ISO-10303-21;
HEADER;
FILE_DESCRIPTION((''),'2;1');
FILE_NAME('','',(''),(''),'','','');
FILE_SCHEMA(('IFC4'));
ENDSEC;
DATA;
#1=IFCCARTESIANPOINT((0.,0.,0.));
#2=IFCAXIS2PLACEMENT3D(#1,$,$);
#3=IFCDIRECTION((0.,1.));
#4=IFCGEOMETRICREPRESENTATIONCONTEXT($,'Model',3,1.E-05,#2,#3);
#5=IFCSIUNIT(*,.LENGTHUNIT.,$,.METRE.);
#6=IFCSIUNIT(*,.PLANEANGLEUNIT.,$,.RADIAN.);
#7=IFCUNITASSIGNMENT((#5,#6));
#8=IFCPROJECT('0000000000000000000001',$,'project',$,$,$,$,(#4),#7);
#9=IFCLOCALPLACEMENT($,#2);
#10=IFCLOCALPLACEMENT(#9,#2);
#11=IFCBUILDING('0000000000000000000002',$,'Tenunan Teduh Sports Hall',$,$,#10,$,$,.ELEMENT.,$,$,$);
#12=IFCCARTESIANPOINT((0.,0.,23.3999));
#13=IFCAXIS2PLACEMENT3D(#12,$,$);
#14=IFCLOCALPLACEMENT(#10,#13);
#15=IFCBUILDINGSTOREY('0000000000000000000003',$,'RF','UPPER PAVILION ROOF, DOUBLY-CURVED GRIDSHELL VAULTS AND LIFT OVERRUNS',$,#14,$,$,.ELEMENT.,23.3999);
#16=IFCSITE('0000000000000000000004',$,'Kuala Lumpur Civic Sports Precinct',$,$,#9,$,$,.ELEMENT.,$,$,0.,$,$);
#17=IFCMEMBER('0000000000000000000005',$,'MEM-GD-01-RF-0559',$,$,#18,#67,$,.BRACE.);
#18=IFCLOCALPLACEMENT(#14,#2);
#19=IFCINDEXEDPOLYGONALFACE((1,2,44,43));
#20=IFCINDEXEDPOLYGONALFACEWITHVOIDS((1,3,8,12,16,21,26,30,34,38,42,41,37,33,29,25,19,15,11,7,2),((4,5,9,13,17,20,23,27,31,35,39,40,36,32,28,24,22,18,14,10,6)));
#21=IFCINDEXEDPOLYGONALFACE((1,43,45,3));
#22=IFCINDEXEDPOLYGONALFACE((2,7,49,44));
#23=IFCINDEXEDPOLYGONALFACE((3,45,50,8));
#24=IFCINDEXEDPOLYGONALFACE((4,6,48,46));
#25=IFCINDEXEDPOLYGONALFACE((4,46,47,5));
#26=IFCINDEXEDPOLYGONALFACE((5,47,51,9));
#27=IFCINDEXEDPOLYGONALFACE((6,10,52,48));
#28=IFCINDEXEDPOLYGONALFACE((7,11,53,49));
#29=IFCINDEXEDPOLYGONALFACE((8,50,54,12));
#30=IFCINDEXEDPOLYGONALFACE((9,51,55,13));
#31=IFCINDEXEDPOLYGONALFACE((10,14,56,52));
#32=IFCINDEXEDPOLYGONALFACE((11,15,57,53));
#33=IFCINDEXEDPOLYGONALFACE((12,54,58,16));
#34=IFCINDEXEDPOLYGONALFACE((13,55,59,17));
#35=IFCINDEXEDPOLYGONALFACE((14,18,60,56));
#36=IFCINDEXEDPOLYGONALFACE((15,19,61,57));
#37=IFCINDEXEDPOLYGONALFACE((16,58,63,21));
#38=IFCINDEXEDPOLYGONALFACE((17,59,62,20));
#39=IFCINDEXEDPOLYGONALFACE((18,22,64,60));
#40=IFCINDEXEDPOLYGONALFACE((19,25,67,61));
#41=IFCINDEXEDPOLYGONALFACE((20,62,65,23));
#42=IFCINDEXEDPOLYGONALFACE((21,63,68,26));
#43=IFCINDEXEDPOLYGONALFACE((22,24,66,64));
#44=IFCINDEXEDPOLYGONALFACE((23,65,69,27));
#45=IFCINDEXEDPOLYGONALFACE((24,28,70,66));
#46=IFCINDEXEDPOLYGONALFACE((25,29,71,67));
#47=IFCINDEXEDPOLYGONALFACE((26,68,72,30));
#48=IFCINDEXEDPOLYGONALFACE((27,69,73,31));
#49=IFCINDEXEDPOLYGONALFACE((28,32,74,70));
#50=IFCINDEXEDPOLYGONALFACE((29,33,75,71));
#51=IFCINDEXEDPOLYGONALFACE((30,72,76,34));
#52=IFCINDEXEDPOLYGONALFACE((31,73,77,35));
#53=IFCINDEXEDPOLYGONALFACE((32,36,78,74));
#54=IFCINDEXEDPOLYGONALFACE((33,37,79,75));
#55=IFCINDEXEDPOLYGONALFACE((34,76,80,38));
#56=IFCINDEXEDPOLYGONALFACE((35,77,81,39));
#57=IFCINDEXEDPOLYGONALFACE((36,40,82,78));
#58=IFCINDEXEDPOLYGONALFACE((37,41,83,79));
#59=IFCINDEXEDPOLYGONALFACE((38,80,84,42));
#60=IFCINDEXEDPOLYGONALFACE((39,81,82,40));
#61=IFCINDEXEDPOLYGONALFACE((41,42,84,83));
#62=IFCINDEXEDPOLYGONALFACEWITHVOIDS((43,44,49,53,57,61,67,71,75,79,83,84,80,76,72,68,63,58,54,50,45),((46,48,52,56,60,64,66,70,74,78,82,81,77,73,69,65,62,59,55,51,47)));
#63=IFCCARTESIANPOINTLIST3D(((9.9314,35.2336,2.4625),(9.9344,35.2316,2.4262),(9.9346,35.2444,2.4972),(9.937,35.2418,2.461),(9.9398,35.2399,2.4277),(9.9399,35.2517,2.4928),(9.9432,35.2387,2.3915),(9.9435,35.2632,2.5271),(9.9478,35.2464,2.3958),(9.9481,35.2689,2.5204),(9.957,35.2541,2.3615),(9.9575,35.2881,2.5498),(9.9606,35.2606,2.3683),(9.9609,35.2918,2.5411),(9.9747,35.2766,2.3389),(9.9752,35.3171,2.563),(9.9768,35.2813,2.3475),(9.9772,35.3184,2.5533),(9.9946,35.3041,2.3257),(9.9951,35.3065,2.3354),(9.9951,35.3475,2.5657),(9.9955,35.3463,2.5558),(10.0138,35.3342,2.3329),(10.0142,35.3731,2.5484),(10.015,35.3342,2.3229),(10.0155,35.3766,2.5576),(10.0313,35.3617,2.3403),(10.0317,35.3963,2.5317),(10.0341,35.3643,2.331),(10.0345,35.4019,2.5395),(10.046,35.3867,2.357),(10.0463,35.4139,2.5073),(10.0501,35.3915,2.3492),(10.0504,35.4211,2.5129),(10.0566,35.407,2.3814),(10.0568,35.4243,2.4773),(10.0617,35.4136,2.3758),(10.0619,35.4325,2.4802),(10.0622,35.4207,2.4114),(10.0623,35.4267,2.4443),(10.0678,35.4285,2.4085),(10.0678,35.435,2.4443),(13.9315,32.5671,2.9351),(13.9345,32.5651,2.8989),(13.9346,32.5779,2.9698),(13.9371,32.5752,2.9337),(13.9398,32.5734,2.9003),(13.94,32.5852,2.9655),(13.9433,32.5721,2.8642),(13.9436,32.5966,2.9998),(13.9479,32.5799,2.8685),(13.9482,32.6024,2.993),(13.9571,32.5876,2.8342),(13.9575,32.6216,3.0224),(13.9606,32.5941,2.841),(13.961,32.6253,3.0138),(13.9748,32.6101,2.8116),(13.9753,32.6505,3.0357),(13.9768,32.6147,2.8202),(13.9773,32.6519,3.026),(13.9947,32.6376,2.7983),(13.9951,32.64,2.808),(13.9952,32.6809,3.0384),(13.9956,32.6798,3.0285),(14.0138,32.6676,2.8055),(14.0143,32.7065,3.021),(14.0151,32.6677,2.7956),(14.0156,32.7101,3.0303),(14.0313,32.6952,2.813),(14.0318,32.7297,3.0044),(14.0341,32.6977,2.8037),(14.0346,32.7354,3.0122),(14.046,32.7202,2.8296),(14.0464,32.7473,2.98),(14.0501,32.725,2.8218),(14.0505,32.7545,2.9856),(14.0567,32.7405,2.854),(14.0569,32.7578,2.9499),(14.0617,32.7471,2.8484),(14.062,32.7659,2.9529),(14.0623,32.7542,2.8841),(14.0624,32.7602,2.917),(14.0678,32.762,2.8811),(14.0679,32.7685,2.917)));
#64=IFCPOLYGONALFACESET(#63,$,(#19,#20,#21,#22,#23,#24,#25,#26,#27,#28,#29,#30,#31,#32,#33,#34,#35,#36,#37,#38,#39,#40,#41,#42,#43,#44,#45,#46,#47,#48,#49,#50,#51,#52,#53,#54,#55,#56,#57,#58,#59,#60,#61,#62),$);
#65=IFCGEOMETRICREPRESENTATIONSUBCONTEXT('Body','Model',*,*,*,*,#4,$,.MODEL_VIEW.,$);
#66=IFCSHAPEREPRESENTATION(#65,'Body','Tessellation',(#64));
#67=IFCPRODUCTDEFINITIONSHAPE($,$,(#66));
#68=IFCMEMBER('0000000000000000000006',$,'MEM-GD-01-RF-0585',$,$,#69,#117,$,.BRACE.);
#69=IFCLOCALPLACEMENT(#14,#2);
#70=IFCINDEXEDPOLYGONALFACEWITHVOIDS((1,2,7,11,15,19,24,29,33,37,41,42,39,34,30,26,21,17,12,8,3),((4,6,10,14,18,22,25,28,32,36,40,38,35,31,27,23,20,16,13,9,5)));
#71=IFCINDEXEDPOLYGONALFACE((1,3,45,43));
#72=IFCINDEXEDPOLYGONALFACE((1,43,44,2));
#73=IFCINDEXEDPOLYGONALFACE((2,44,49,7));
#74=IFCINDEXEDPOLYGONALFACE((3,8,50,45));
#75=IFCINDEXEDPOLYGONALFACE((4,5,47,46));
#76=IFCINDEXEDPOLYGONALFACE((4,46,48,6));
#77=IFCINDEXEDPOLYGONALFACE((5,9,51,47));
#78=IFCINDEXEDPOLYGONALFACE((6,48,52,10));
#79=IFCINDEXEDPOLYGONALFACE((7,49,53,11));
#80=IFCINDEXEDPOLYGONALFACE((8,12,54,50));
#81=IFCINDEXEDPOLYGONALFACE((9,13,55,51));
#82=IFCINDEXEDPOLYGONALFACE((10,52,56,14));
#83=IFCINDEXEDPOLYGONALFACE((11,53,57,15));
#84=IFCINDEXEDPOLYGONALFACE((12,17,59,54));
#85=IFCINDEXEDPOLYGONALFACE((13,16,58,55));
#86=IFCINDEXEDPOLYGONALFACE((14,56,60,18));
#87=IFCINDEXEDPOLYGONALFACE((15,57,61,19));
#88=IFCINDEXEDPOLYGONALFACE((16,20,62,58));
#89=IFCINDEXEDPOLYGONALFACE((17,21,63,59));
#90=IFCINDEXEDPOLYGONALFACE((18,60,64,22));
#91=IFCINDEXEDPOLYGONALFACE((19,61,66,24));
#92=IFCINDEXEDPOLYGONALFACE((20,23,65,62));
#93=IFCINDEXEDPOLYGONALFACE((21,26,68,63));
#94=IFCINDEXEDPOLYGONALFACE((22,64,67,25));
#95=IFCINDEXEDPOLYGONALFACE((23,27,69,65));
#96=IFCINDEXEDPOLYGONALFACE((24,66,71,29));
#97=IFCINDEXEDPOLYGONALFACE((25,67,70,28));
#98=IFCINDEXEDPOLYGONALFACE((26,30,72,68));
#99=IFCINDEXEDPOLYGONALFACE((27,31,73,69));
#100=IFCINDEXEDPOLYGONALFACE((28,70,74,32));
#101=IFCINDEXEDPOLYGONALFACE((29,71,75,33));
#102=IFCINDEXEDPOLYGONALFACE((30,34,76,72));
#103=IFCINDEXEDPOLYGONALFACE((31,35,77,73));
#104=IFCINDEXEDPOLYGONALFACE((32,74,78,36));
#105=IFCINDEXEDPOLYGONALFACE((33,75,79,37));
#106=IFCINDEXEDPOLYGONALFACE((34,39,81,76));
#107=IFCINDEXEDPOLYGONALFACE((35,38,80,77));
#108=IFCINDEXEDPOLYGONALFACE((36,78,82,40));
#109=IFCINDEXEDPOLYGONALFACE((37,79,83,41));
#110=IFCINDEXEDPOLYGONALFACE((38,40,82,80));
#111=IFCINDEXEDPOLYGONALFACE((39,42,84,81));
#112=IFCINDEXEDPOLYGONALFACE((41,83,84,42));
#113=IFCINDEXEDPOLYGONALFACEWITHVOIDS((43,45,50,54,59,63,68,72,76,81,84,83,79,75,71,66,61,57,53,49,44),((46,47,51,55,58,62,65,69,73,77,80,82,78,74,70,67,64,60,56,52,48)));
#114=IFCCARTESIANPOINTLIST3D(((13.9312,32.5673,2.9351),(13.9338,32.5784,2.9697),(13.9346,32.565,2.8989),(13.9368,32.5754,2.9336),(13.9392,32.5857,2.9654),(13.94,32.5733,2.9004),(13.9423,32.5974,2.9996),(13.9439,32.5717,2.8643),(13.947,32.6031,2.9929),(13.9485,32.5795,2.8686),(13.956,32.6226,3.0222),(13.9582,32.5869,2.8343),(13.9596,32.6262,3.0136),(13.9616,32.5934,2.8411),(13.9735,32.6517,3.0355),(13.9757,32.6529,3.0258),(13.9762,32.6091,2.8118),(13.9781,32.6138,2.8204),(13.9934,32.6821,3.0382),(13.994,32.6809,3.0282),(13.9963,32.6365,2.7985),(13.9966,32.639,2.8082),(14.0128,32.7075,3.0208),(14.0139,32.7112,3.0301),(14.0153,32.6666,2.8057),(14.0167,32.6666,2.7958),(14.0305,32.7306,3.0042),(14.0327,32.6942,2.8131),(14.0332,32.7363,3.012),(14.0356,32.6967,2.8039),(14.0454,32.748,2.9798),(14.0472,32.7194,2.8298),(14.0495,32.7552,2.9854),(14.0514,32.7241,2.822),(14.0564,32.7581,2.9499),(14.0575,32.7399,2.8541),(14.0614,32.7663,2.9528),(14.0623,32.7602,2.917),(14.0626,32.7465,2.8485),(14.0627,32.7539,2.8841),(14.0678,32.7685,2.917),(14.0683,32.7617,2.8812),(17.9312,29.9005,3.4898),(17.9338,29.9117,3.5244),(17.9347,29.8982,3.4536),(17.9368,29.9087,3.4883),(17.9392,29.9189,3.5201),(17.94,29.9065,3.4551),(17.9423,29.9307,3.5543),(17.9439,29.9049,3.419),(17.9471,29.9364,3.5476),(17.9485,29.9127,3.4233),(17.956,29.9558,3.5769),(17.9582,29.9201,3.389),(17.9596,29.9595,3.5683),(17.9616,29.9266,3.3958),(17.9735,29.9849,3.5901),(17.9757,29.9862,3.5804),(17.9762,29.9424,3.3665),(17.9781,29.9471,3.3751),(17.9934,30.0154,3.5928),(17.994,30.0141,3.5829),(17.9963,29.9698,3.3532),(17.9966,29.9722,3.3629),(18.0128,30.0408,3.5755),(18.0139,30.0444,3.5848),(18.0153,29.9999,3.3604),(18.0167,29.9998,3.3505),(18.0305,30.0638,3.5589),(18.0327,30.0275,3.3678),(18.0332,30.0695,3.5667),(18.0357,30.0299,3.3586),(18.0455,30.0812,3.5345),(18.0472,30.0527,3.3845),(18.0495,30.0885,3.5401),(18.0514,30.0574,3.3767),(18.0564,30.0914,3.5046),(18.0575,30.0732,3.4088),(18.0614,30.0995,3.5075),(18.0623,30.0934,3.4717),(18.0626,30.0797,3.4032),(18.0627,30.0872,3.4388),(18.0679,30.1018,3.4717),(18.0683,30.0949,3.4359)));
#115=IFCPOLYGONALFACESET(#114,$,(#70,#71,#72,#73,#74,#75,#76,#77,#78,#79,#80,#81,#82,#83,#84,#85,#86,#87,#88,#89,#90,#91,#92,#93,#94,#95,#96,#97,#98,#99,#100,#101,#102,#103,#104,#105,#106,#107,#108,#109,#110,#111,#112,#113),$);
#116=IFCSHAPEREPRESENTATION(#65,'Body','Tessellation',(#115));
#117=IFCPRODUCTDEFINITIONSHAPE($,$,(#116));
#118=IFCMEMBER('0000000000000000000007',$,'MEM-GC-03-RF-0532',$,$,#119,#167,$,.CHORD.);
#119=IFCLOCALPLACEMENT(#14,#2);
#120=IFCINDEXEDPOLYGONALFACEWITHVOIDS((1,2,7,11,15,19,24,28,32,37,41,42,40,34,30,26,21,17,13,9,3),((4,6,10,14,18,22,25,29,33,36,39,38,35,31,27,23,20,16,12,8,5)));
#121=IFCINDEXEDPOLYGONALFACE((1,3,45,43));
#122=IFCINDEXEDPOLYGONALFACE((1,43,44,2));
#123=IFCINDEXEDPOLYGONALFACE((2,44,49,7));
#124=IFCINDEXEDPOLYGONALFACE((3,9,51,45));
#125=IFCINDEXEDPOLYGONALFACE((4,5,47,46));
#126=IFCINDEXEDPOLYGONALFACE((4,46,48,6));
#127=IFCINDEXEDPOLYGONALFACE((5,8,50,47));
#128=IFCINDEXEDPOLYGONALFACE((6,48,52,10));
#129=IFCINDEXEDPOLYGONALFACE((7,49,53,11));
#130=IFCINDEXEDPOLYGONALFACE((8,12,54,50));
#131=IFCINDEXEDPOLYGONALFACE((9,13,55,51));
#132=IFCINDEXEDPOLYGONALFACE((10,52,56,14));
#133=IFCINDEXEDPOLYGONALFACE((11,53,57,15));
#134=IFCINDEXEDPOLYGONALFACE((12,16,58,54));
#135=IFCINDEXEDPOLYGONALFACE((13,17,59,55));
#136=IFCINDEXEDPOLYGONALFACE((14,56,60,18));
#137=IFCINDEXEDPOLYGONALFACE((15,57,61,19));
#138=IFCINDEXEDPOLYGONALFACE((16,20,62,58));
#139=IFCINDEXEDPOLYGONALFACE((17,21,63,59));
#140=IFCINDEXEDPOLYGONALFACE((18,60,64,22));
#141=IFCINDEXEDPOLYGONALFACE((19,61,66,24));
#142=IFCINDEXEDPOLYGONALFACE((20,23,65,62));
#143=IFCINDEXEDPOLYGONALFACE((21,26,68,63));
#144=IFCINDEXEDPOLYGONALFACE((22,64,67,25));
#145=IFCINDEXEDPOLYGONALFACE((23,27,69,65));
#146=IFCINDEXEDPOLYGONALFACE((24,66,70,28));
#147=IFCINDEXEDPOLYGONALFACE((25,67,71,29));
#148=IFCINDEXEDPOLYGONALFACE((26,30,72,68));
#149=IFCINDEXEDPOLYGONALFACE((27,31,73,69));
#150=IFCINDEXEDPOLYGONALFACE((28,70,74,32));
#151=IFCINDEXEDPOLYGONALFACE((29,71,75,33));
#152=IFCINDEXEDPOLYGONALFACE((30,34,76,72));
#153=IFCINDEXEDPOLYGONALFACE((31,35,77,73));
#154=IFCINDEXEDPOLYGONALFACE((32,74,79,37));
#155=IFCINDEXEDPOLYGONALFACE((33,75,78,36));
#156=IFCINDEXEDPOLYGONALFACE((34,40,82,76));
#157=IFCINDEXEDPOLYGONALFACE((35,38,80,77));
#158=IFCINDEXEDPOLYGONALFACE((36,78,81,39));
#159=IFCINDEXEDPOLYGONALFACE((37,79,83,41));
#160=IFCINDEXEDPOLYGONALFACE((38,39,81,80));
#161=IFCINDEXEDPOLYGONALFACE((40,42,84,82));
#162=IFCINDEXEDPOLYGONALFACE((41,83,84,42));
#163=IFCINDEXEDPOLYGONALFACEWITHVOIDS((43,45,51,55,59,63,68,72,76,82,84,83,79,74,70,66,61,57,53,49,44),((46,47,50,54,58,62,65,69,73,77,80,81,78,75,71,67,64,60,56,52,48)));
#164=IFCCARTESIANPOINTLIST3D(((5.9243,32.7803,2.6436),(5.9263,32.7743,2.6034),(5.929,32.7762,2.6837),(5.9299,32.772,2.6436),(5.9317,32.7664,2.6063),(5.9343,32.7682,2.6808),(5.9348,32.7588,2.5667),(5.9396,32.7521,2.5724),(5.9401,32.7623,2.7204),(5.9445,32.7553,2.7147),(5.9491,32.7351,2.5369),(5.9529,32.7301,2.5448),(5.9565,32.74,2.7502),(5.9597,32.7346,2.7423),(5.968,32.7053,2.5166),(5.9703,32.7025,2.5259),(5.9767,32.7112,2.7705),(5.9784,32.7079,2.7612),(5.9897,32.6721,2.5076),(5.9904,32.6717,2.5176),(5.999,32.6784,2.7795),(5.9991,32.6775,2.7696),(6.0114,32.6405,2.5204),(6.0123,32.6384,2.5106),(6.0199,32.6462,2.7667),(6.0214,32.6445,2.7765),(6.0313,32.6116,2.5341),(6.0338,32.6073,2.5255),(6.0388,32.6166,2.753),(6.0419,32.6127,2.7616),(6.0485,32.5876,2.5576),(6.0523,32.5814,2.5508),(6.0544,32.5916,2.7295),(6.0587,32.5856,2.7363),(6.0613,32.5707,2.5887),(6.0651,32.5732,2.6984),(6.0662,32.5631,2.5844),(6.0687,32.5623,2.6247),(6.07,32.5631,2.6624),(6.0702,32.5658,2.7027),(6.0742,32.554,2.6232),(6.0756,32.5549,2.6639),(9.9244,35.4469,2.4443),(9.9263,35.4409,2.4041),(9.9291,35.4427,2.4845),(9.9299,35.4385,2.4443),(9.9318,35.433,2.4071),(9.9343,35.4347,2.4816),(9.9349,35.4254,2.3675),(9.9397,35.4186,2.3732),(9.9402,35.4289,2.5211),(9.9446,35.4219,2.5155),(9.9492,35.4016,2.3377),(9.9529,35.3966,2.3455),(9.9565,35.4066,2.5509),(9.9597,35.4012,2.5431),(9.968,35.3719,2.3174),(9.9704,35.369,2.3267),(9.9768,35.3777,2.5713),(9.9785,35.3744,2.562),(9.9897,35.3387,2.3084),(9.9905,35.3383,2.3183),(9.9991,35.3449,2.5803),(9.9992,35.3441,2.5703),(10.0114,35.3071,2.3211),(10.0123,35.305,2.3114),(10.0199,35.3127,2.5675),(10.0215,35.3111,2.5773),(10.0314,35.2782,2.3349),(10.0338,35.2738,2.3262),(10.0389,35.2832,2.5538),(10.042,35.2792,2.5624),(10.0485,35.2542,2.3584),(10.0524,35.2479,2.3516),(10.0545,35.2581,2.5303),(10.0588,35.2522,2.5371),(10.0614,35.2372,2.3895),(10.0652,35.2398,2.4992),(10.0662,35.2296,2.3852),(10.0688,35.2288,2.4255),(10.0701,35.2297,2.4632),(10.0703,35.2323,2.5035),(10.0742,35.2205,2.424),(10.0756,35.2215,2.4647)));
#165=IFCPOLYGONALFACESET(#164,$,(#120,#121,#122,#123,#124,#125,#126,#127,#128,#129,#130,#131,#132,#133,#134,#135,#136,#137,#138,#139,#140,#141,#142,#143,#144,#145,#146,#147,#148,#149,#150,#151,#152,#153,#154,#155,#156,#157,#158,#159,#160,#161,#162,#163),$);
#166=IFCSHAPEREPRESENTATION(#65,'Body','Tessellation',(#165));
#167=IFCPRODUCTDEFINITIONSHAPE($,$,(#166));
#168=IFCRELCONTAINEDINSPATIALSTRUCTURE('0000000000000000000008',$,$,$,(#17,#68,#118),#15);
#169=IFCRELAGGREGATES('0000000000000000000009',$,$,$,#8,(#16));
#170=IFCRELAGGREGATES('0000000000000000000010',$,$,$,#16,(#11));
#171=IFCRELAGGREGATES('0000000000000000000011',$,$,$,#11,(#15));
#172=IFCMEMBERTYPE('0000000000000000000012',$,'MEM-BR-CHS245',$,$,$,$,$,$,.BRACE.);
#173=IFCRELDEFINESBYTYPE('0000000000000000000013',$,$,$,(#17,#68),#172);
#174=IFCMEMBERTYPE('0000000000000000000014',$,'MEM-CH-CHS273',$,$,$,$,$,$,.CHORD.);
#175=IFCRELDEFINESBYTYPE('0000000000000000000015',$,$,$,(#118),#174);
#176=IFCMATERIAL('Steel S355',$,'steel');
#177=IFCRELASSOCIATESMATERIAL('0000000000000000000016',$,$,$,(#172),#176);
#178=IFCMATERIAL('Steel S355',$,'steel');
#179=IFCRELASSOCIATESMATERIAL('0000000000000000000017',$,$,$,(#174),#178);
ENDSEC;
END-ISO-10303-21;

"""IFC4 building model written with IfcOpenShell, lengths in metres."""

from ifc_helpers import new_model, si_unit, direction, frame, origin, origin_2d, place, context, subcontext, project, spatial, hollow_circle, extrude, material, material_profile, profile_set, type_object, element, save


model = new_model("IFC4")

# Units and contexts
model_context = context("Model", 3, precision=1e-05, world=origin(), true_north=direction((0.0, 1.0)))
body_context = subcontext(model_context, "Body", "Model", "MODEL_VIEW")
ifc_project = project(units=[si_unit("LENGTHUNIT", "METRE"), si_unit("PLANEANGLEUNIT", "RADIAN")], contexts=[model_context])

# Site, building, storey
site_placement = place(None, origin())
site = spatial("IfcSite", under=ifc_project, at=site_placement, Name="Kuala Lumpur Civic Sports Precinct", CompositionType="ELEMENT", RefElevation=0.0)
building_placement = place(site_placement, origin())
building = spatial("IfcBuilding", under=site, at=building_placement, Name="Tenunan Teduh Sports Hall", CompositionType="ELEMENT")
storey_placement = place(building_placement, frame((0.0, 0.0, 23.3999)))
storey = spatial("IfcBuildingStorey", under=building, at=storey_placement, Name="RF", Description="UPPER PAVILION ROOF, DOUBLY-CURVED GRIDSHELL VAULTS AND LIFT OVERRUNS", CompositionType="ELEMENT", Elevation=23.3999)

# Members
ifc_material_1 = material(Name="Steel S355", Category="steel")
ifc_material_profile_1 = material_profile(ifc_material_1, hollow_circle(Radius=0.1223, WallThickness=0.01, at=origin_2d()), Name="CHS 244.5x10.0")
ifc_profile_set_1 = profile_set([ifc_material_profile_1], Name="Steel S355")
member_type_1 = type_object("IfcMemberType", Name="MEM-BR-CHS245", PredefinedType="BRACE", material=ifc_profile_set_1)
member_1_placement = place(storey_placement, frame((10.0, 35.3333, 2.4443), z_axis=(0.828073, -0.552015, 0.097848), x_axis=(0.554677, 0.832066, 0.0)))
element("IfcMember", 1, at=member_1_placement, inside=storey, type_object=member_type_1, Name="MEM-GD-01-RF-0559", PredefinedType="BRACE", context=body_context, shape_type="SweptSolid", body=[
    extrude(hollow_circle(Radius=0.1223, WallThickness=0.01, at=origin_2d()), origin(), (0.0, 0.0, 1.0), 4.8306),
])
member_2_placement = place(storey_placement, frame((14.0, 32.6667, 2.917), z_axis=(0.826559, -0.551056, 0.11462), x_axis=(0.554712, 0.832042, 0.0)))
element("IfcMember", 2, at=member_2_placement, inside=storey, type_object=member_type_1, Name="MEM-GD-01-RF-0585", PredefinedType="BRACE", context=body_context, shape_type="SweptSolid", body=[
    extrude(hollow_circle(Radius=0.1223, WallThickness=0.01, at=origin_2d()), origin(), (0.0, 0.0, 1.0), 4.8394),
])
ifc_material_2 = material(Name="Steel S355", Category="steel")
ifc_material_profile_2 = material_profile(ifc_material_2, hollow_circle(Radius=0.1365, WallThickness=0.01, at=origin_2d()), Name="CHS 273.0x10.0")
ifc_profile_set_2 = profile_set([ifc_material_profile_2], Name="Steel S355")
member_type_2 = type_object("IfcMemberType", Name="MEM-CH-CHS273", PredefinedType="CHORD", material=ifc_profile_set_2)
member_3_placement = place(storey_placement, frame((6.0, 32.6667, 2.6436), z_axis=(0.831352, 0.554201, -0.041405), x_axis=(-0.554677, 0.832066, 0.0)))
element("IfcMember", 3, at=member_3_placement, inside=storey, type_object=member_type_2, Name="MEM-GC-03-RF-0532", PredefinedType="CHORD", context=body_context, shape_type="SweptSolid", body=[
    extrude(hollow_circle(Radius=0.1365, WallThickness=0.01, at=origin_2d()), origin(), (0.0, 0.0, 1.0), 4.8115),
])

save(model, "model.ifc")
